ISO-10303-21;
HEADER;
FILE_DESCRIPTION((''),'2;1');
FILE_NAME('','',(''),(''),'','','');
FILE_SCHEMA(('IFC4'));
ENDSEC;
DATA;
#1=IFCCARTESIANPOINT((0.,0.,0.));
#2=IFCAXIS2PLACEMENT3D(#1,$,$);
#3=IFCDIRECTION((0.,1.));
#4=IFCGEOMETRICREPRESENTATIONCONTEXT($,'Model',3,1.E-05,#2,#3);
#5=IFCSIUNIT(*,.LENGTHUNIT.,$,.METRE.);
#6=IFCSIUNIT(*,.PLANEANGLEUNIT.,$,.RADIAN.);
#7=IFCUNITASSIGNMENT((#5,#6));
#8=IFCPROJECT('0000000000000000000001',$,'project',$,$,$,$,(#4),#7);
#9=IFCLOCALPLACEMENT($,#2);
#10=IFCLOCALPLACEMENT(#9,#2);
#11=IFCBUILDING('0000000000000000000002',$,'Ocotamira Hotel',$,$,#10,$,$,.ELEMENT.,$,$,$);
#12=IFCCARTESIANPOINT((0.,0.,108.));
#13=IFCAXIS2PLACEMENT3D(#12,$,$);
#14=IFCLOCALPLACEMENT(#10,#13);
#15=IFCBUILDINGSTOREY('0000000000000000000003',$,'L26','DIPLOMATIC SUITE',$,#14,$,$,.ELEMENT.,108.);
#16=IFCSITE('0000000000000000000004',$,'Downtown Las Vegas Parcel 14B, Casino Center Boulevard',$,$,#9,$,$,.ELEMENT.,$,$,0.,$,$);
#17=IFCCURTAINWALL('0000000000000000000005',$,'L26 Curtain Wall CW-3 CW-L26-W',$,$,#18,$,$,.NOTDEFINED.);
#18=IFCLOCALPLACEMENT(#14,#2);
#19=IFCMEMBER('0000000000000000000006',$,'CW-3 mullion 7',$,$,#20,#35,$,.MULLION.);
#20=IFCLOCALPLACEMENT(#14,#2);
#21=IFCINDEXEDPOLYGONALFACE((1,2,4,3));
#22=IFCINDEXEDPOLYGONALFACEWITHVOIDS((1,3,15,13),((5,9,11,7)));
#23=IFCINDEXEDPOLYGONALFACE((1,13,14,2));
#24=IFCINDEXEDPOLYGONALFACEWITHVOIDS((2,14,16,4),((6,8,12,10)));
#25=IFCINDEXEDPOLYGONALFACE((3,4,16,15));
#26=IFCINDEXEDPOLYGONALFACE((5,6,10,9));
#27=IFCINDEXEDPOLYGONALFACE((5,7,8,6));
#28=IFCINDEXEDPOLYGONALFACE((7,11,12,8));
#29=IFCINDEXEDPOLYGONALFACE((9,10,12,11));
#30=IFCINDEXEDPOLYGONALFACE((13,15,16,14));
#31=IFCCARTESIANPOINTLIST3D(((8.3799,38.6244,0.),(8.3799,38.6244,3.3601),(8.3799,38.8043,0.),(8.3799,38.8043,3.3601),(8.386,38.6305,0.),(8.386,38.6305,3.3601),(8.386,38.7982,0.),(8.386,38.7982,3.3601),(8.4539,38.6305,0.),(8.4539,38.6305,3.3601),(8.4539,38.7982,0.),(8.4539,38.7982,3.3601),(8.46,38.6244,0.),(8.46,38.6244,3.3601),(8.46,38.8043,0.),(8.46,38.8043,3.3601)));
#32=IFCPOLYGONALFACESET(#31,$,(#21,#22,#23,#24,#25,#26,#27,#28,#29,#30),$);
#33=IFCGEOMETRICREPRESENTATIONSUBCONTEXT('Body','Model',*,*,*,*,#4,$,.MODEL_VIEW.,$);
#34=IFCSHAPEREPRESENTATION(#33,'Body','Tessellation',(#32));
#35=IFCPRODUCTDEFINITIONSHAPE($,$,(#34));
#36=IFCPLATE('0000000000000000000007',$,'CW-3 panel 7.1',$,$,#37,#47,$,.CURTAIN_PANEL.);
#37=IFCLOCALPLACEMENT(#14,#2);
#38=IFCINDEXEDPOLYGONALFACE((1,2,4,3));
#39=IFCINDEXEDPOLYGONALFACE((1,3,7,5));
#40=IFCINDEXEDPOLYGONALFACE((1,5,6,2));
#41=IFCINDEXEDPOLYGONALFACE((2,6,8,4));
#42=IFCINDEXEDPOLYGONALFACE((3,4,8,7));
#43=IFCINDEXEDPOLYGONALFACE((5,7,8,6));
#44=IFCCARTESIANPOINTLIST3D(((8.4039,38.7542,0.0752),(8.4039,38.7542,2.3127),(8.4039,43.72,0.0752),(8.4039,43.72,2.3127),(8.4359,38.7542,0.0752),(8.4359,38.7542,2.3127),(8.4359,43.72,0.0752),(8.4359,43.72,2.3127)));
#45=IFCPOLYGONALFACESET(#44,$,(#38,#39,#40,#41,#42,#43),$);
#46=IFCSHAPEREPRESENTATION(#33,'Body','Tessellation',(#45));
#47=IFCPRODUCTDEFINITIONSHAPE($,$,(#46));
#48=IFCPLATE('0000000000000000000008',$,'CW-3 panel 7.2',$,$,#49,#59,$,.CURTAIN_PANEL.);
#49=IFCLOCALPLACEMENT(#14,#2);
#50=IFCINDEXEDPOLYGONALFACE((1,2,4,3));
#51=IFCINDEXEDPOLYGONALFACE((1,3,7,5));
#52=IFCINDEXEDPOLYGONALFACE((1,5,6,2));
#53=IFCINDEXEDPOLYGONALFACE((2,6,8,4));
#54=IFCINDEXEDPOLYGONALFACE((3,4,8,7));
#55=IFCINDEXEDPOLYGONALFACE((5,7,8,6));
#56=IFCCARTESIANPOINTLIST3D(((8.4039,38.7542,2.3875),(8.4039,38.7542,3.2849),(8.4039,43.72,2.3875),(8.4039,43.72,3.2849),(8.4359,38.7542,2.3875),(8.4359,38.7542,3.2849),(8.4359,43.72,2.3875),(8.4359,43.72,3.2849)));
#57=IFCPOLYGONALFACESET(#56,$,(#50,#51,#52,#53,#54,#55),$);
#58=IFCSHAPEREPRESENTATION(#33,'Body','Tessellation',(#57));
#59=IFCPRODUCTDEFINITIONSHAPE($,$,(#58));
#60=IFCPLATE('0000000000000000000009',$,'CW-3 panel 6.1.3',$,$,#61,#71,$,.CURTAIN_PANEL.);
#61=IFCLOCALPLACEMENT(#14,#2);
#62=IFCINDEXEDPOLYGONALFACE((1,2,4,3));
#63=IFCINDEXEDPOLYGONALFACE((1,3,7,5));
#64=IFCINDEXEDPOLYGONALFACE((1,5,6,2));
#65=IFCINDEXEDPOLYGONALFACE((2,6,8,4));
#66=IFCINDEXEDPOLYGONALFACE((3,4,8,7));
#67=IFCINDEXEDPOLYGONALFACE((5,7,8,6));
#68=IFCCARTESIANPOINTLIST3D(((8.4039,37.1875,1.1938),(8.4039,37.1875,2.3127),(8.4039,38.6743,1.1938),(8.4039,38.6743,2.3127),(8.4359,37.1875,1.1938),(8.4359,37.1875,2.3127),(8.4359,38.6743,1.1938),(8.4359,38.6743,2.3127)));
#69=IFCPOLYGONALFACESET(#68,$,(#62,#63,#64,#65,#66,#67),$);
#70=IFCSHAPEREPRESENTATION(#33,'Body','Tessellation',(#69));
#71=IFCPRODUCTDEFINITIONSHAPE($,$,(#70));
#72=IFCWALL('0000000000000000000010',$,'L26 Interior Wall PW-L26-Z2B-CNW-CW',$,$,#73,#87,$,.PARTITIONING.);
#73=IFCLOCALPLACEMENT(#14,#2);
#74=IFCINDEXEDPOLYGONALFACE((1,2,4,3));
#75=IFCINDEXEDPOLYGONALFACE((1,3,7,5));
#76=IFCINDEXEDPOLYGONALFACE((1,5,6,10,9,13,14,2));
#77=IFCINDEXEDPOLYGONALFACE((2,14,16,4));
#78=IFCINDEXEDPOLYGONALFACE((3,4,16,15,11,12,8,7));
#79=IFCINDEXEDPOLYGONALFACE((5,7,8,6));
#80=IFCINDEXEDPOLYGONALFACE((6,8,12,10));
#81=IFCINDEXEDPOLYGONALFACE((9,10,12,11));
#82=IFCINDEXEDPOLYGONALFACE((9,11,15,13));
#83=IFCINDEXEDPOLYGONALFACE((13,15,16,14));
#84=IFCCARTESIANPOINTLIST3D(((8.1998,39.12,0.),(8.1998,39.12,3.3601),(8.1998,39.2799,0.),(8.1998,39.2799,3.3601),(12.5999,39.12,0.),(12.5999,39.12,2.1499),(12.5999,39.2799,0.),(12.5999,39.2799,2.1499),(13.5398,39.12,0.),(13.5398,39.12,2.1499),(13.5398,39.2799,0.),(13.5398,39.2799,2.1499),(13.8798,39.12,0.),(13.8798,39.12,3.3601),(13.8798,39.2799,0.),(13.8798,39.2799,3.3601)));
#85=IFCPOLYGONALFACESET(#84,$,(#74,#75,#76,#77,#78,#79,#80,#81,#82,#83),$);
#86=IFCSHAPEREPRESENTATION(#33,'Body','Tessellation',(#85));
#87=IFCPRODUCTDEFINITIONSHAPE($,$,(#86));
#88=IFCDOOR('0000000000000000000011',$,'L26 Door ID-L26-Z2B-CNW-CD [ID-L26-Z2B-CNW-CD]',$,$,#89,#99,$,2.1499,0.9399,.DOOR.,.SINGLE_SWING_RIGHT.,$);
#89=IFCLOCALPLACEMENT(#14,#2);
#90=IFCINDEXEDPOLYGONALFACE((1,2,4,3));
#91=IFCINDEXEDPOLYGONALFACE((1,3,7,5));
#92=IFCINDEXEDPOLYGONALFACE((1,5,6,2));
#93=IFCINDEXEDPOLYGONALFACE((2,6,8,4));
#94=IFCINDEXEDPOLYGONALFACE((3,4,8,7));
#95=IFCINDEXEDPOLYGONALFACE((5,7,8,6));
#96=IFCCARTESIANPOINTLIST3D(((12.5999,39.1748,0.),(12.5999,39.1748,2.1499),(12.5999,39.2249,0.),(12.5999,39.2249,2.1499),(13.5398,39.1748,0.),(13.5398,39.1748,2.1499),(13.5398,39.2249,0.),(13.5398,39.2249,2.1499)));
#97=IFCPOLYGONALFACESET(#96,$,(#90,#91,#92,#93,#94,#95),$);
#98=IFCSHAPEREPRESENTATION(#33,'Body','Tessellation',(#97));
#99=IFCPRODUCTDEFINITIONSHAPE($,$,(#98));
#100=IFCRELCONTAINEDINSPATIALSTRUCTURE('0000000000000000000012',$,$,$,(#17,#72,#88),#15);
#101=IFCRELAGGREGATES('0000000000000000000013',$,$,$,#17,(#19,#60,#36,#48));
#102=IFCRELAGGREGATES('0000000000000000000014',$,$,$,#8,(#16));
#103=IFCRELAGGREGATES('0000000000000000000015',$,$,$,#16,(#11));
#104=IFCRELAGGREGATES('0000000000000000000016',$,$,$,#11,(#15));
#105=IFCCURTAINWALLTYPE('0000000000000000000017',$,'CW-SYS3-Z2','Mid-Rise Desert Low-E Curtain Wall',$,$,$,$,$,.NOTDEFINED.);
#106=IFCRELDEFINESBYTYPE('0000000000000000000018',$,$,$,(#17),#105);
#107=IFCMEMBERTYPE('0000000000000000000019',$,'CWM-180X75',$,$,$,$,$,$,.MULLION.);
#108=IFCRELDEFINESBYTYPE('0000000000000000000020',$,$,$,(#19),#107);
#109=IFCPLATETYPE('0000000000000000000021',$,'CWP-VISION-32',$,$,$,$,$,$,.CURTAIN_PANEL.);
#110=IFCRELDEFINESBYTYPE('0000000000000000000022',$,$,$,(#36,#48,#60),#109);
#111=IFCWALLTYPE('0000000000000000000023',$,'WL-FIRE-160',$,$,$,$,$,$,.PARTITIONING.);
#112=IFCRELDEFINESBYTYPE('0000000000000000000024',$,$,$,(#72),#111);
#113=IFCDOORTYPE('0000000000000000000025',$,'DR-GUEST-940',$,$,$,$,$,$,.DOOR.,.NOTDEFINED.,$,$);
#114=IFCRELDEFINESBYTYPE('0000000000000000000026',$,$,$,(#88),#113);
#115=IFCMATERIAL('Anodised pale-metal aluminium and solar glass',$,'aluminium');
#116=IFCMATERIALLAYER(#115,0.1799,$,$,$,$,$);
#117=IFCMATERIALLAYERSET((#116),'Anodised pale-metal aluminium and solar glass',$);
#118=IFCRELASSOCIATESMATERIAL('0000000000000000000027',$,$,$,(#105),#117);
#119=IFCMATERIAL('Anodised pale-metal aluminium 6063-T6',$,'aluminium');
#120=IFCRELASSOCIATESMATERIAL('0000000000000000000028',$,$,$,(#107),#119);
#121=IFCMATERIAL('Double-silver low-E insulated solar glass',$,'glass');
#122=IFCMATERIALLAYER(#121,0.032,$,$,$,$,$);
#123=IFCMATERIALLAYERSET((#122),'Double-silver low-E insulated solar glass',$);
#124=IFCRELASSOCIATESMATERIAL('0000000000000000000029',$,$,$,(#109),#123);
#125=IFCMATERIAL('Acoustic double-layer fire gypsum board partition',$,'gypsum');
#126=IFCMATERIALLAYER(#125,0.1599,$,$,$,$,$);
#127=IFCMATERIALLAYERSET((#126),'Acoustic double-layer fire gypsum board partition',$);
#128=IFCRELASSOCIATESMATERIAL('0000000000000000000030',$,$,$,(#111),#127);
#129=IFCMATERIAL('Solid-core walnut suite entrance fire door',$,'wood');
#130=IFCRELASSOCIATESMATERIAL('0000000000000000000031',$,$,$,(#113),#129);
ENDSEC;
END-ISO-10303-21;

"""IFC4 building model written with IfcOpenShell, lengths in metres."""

from ifc_helpers import new_model, si_unit, direction, frame, frame_2d, origin, origin_2d, place, context, subcontext, project, spatial, rectangle, hollow_rectangle, extrude, source, transform, mapped, material, layer, layer_set, material_profile, profile_set, type_object, element, fill, aggregate, save


model = new_model("IFC4")

# Units and contexts
model_context = context("Model", 3, precision=1e-05, world=origin(), true_north=direction((0.0, 1.0)))
body_context = subcontext(model_context, "Body", "Model", "MODEL_VIEW")
ifc_project = project(units=[si_unit("LENGTHUNIT", "METRE"), si_unit("PLANEANGLEUNIT", "RADIAN")], contexts=[model_context])

# Site, building, storey
site_placement = place(None, origin())
site = spatial("IfcSite", under=ifc_project, at=site_placement, Name="Downtown Las Vegas Parcel 14B, Casino Center Boulevard", CompositionType="ELEMENT", RefElevation=0.0)
building_placement = place(site_placement, origin())
building = spatial("IfcBuilding", under=site, at=building_placement, Name="Ocotamira Hotel", CompositionType="ELEMENT")
storey_placement = place(building_placement, frame((0.0, 0.0, 108.0)))
storey = spatial("IfcBuildingStorey", under=building, at=storey_placement, Name="L26", Description="DIPLOMATIC SUITE", CompositionType="ELEMENT", Elevation=108.0)

# Curtain wall, member, plates
ifc_material_1 = material(Name="Anodised pale-metal aluminium and solar glass", Category="aluminium")
ifc_layer_1 = layer(ifc_material_1, 0.1799)
ifc_layer_set_1 = layer_set([ifc_layer_1], Name="Anodised pale-metal aluminium and solar glass")
curtain_wall_type = type_object("IfcCurtainWallType", Name="CW-SYS3-Z2", Description="Mid-Rise Desert Low-E Curtain Wall", PredefinedType="NOTDEFINED", material=ifc_layer_set_1)
curtain_wall_placement = place(storey_placement, origin())
curtain_wall = element("IfcCurtainWall", 1, at=curtain_wall_placement, inside=storey, type_object=curtain_wall_type, Name="L26 Curtain Wall CW-3 CW-L26-W", PredefinedType="NOTDEFINED")
ifc_material_2 = material(Name="Anodised pale-metal aluminium 6063-T6", Category="aluminium")
ifc_material_profile_1 = material_profile(ifc_material_2, hollow_rectangle(XDim=0.0801, YDim=0.1799, WallThickness=0.0061, at=origin_2d()), Name="HSS180X80X6")
ifc_profile_set_1 = profile_set([ifc_material_profile_1], Name="Anodised pale-metal aluminium 6063-T6")
member_type_1 = type_object("IfcMemberType", Name="CWM-180X75", PredefinedType="MULLION", material=ifc_profile_set_1)
shared_shape_1 = source(origin(), body_context, "Body", "SweptSolid", [
    extrude(hollow_rectangle(XDim=0.0801, YDim=0.1799, WallThickness=0.0061, at=origin_2d()), origin(), (0.0, 0.0, 1.0), 3.3601),
])
member_1_placement = place(storey_placement, frame((8.4199, 38.7144, 0.0), z_axis=(0.0, 0.0, 1.0), x_axis=(-1.0, 0.0, 0.0)))
member_1 = element("IfcMember", 2, at=member_1_placement, type_object=member_type_1, Name="CW-3 mullion 7", PredefinedType="MULLION", context=body_context, shape_type="MappedRepresentation", body=[
    mapped(shared_shape_1, transform((0.0, 0.0, 0.0), scale=1.0)),
])
ifc_material_3 = material(Name="Double-silver low-E insulated solar glass", Category="glass")
ifc_layer_2 = layer(ifc_material_3, 0.032)
ifc_layer_set_2 = layer_set([ifc_layer_2], Name="Double-silver low-E insulated solar glass")
plate_type = type_object("IfcPlateType", Name="CWP-VISION-32", PredefinedType="CURTAIN_PANEL", material=ifc_layer_set_2)
shared_shape_2 = source(origin(), body_context, "Body", "SweptSolid", [
    extrude(rectangle(XDim=4.9658, YDim=0.032, at=origin_2d()), origin(), (0.0, 0.0, 1.0), 2.2375),
])
plate_1_placement = place(storey_placement, frame((8.4199, 41.2371, 0.0752), z_axis=(0.0, 0.0, 1.0), x_axis=(0.0, 1.0, 0.0)))
plate_1 = element("IfcPlate", 3, at=plate_1_placement, type_object=plate_type, Name="CW-3 panel 7.1", PredefinedType="CURTAIN_PANEL", context=body_context, shape_type="MappedRepresentation", body=[
    mapped(shared_shape_2, transform((0.0, 0.0, 0.0), scale=1.0)),
])
shared_shape_3 = source(origin(), body_context, "Body", "SweptSolid", [
    extrude(rectangle(XDim=4.9658, YDim=0.032, at=origin_2d()), origin(), (0.0, 0.0, 1.0), 0.8975),
])
plate_2_placement = place(storey_placement, frame((8.4199, 41.2371, 2.3875), z_axis=(0.0, 0.0, 1.0), x_axis=(0.0, 1.0, 0.0)))
plate_2 = element("IfcPlate", 4, at=plate_2_placement, type_object=plate_type, Name="CW-3 panel 7.2", PredefinedType="CURTAIN_PANEL", context=body_context, shape_type="MappedRepresentation", body=[
    mapped(shared_shape_3, transform((0.0, 0.0, 0.0), scale=1.0)),
])
shared_shape_4 = source(origin(), body_context, "Body", "SweptSolid", [
    extrude(rectangle(XDim=1.4868, YDim=0.032, at=origin_2d()), origin(), (0.0, 0.0, 1.0), 1.1189),
])
plate_3_placement = place(storey_placement, frame((8.4199, 37.9309, 1.1938), z_axis=(0.0, 0.0, 1.0), x_axis=(0.0, 1.0, 0.0)))
plate_3 = element("IfcPlate", 5, at=plate_3_placement, type_object=plate_type, Name="CW-3 panel 6.1.3", PredefinedType="CURTAIN_PANEL", context=body_context, shape_type="MappedRepresentation", body=[
    mapped(shared_shape_4, transform((0.0, 0.0, 0.0), scale=1.0)),
])
aggregate(curtain_wall, [member_1, plate_3, plate_1, plate_2])

# Wall, opening, door
ifc_material_4 = material(Name="Acoustic double-layer fire gypsum board partition", Category="gypsum")
ifc_layer_3 = layer(ifc_material_4, 0.1599)
ifc_layer_set_3 = layer_set([ifc_layer_3], Name="Acoustic double-layer fire gypsum board partition")
wall_type_1 = type_object("IfcWallType", Name="WL-FIRE-160", PredefinedType="PARTITIONING", material=ifc_layer_set_3)
wall_1_placement = place(storey_placement, frame((8.2, 39.2, 0.0), z_axis=(0.0, 0.0, 1.0), x_axis=(1.0, 0.0, 0.0)))
wall_1 = element("IfcWall", 6, at=wall_1_placement, inside=storey, type_object=wall_type_1, Name="L26 Interior Wall PW-L26-Z2B-CNW-CW", PredefinedType="PARTITIONING", context=body_context, shape_type="SweptSolid", body=[
    extrude(rectangle(XDim=5.6799, YDim=0.1599, at=frame_2d((2.8398, 0.0))), origin(), (0.0, 0.0, 1.0), 3.3601),
])
opening_1_placement = place(wall_1_placement, frame((4.3999, 0.0, 0.0)))
opening_1 = element("IfcOpeningElement", 7, at=opening_1_placement, cuts=wall_1, PredefinedType="OPENING", context=body_context, shape_type="SweptSolid", body=[
    extrude(rectangle(XDim=0.9399, YDim=2.1499, at=frame_2d((0.47, 1.075))), frame((0.0, 0.0898, 0.0), z_axis=(0.0, -1.0, 0.0), x_axis=(1.0, 0.0, 0.0)), (0.0, 0.0, 1.0), 0.1799),
])
ifc_material_5 = material(Name="Solid-core walnut suite entrance fire door", Category="wood")
door_type_1 = type_object("IfcDoorType", Name="DR-GUEST-940", OperationType="NOTDEFINED", PredefinedType="DOOR", material=ifc_material_5)
shared_shape_5 = source(origin(), body_context, "Body", "SweptSolid", [
    extrude(rectangle(XDim=0.9399, YDim=2.1499, at=frame_2d((0.47, 1.075))), frame((0.0, 0.0249, 0.0), z_axis=(0.0, -1.0, 0.0), x_axis=(1.0, 0.0, 0.0)), (0.0, 0.0, 1.0), 0.05),
])
door_1_placement = place(opening_1_placement, origin())
door_1 = element("IfcDoor", 8, at=door_1_placement, inside=storey, type_object=door_type_1, Name="L26 Door ID-L26-Z2B-CNW-CD [ID-L26-Z2B-CNW-CD]", OperationType="SINGLE_SWING_RIGHT", OverallHeight=2.1499, OverallWidth=0.9399, PredefinedType="DOOR", context=body_context, shape_type="MappedRepresentation", body=[
    mapped(shared_shape_5, transform((0.0, 0.0, 0.0), scale=1.0)),
])
fill(opening_1, door_1)

save(model, "model.ifc")
